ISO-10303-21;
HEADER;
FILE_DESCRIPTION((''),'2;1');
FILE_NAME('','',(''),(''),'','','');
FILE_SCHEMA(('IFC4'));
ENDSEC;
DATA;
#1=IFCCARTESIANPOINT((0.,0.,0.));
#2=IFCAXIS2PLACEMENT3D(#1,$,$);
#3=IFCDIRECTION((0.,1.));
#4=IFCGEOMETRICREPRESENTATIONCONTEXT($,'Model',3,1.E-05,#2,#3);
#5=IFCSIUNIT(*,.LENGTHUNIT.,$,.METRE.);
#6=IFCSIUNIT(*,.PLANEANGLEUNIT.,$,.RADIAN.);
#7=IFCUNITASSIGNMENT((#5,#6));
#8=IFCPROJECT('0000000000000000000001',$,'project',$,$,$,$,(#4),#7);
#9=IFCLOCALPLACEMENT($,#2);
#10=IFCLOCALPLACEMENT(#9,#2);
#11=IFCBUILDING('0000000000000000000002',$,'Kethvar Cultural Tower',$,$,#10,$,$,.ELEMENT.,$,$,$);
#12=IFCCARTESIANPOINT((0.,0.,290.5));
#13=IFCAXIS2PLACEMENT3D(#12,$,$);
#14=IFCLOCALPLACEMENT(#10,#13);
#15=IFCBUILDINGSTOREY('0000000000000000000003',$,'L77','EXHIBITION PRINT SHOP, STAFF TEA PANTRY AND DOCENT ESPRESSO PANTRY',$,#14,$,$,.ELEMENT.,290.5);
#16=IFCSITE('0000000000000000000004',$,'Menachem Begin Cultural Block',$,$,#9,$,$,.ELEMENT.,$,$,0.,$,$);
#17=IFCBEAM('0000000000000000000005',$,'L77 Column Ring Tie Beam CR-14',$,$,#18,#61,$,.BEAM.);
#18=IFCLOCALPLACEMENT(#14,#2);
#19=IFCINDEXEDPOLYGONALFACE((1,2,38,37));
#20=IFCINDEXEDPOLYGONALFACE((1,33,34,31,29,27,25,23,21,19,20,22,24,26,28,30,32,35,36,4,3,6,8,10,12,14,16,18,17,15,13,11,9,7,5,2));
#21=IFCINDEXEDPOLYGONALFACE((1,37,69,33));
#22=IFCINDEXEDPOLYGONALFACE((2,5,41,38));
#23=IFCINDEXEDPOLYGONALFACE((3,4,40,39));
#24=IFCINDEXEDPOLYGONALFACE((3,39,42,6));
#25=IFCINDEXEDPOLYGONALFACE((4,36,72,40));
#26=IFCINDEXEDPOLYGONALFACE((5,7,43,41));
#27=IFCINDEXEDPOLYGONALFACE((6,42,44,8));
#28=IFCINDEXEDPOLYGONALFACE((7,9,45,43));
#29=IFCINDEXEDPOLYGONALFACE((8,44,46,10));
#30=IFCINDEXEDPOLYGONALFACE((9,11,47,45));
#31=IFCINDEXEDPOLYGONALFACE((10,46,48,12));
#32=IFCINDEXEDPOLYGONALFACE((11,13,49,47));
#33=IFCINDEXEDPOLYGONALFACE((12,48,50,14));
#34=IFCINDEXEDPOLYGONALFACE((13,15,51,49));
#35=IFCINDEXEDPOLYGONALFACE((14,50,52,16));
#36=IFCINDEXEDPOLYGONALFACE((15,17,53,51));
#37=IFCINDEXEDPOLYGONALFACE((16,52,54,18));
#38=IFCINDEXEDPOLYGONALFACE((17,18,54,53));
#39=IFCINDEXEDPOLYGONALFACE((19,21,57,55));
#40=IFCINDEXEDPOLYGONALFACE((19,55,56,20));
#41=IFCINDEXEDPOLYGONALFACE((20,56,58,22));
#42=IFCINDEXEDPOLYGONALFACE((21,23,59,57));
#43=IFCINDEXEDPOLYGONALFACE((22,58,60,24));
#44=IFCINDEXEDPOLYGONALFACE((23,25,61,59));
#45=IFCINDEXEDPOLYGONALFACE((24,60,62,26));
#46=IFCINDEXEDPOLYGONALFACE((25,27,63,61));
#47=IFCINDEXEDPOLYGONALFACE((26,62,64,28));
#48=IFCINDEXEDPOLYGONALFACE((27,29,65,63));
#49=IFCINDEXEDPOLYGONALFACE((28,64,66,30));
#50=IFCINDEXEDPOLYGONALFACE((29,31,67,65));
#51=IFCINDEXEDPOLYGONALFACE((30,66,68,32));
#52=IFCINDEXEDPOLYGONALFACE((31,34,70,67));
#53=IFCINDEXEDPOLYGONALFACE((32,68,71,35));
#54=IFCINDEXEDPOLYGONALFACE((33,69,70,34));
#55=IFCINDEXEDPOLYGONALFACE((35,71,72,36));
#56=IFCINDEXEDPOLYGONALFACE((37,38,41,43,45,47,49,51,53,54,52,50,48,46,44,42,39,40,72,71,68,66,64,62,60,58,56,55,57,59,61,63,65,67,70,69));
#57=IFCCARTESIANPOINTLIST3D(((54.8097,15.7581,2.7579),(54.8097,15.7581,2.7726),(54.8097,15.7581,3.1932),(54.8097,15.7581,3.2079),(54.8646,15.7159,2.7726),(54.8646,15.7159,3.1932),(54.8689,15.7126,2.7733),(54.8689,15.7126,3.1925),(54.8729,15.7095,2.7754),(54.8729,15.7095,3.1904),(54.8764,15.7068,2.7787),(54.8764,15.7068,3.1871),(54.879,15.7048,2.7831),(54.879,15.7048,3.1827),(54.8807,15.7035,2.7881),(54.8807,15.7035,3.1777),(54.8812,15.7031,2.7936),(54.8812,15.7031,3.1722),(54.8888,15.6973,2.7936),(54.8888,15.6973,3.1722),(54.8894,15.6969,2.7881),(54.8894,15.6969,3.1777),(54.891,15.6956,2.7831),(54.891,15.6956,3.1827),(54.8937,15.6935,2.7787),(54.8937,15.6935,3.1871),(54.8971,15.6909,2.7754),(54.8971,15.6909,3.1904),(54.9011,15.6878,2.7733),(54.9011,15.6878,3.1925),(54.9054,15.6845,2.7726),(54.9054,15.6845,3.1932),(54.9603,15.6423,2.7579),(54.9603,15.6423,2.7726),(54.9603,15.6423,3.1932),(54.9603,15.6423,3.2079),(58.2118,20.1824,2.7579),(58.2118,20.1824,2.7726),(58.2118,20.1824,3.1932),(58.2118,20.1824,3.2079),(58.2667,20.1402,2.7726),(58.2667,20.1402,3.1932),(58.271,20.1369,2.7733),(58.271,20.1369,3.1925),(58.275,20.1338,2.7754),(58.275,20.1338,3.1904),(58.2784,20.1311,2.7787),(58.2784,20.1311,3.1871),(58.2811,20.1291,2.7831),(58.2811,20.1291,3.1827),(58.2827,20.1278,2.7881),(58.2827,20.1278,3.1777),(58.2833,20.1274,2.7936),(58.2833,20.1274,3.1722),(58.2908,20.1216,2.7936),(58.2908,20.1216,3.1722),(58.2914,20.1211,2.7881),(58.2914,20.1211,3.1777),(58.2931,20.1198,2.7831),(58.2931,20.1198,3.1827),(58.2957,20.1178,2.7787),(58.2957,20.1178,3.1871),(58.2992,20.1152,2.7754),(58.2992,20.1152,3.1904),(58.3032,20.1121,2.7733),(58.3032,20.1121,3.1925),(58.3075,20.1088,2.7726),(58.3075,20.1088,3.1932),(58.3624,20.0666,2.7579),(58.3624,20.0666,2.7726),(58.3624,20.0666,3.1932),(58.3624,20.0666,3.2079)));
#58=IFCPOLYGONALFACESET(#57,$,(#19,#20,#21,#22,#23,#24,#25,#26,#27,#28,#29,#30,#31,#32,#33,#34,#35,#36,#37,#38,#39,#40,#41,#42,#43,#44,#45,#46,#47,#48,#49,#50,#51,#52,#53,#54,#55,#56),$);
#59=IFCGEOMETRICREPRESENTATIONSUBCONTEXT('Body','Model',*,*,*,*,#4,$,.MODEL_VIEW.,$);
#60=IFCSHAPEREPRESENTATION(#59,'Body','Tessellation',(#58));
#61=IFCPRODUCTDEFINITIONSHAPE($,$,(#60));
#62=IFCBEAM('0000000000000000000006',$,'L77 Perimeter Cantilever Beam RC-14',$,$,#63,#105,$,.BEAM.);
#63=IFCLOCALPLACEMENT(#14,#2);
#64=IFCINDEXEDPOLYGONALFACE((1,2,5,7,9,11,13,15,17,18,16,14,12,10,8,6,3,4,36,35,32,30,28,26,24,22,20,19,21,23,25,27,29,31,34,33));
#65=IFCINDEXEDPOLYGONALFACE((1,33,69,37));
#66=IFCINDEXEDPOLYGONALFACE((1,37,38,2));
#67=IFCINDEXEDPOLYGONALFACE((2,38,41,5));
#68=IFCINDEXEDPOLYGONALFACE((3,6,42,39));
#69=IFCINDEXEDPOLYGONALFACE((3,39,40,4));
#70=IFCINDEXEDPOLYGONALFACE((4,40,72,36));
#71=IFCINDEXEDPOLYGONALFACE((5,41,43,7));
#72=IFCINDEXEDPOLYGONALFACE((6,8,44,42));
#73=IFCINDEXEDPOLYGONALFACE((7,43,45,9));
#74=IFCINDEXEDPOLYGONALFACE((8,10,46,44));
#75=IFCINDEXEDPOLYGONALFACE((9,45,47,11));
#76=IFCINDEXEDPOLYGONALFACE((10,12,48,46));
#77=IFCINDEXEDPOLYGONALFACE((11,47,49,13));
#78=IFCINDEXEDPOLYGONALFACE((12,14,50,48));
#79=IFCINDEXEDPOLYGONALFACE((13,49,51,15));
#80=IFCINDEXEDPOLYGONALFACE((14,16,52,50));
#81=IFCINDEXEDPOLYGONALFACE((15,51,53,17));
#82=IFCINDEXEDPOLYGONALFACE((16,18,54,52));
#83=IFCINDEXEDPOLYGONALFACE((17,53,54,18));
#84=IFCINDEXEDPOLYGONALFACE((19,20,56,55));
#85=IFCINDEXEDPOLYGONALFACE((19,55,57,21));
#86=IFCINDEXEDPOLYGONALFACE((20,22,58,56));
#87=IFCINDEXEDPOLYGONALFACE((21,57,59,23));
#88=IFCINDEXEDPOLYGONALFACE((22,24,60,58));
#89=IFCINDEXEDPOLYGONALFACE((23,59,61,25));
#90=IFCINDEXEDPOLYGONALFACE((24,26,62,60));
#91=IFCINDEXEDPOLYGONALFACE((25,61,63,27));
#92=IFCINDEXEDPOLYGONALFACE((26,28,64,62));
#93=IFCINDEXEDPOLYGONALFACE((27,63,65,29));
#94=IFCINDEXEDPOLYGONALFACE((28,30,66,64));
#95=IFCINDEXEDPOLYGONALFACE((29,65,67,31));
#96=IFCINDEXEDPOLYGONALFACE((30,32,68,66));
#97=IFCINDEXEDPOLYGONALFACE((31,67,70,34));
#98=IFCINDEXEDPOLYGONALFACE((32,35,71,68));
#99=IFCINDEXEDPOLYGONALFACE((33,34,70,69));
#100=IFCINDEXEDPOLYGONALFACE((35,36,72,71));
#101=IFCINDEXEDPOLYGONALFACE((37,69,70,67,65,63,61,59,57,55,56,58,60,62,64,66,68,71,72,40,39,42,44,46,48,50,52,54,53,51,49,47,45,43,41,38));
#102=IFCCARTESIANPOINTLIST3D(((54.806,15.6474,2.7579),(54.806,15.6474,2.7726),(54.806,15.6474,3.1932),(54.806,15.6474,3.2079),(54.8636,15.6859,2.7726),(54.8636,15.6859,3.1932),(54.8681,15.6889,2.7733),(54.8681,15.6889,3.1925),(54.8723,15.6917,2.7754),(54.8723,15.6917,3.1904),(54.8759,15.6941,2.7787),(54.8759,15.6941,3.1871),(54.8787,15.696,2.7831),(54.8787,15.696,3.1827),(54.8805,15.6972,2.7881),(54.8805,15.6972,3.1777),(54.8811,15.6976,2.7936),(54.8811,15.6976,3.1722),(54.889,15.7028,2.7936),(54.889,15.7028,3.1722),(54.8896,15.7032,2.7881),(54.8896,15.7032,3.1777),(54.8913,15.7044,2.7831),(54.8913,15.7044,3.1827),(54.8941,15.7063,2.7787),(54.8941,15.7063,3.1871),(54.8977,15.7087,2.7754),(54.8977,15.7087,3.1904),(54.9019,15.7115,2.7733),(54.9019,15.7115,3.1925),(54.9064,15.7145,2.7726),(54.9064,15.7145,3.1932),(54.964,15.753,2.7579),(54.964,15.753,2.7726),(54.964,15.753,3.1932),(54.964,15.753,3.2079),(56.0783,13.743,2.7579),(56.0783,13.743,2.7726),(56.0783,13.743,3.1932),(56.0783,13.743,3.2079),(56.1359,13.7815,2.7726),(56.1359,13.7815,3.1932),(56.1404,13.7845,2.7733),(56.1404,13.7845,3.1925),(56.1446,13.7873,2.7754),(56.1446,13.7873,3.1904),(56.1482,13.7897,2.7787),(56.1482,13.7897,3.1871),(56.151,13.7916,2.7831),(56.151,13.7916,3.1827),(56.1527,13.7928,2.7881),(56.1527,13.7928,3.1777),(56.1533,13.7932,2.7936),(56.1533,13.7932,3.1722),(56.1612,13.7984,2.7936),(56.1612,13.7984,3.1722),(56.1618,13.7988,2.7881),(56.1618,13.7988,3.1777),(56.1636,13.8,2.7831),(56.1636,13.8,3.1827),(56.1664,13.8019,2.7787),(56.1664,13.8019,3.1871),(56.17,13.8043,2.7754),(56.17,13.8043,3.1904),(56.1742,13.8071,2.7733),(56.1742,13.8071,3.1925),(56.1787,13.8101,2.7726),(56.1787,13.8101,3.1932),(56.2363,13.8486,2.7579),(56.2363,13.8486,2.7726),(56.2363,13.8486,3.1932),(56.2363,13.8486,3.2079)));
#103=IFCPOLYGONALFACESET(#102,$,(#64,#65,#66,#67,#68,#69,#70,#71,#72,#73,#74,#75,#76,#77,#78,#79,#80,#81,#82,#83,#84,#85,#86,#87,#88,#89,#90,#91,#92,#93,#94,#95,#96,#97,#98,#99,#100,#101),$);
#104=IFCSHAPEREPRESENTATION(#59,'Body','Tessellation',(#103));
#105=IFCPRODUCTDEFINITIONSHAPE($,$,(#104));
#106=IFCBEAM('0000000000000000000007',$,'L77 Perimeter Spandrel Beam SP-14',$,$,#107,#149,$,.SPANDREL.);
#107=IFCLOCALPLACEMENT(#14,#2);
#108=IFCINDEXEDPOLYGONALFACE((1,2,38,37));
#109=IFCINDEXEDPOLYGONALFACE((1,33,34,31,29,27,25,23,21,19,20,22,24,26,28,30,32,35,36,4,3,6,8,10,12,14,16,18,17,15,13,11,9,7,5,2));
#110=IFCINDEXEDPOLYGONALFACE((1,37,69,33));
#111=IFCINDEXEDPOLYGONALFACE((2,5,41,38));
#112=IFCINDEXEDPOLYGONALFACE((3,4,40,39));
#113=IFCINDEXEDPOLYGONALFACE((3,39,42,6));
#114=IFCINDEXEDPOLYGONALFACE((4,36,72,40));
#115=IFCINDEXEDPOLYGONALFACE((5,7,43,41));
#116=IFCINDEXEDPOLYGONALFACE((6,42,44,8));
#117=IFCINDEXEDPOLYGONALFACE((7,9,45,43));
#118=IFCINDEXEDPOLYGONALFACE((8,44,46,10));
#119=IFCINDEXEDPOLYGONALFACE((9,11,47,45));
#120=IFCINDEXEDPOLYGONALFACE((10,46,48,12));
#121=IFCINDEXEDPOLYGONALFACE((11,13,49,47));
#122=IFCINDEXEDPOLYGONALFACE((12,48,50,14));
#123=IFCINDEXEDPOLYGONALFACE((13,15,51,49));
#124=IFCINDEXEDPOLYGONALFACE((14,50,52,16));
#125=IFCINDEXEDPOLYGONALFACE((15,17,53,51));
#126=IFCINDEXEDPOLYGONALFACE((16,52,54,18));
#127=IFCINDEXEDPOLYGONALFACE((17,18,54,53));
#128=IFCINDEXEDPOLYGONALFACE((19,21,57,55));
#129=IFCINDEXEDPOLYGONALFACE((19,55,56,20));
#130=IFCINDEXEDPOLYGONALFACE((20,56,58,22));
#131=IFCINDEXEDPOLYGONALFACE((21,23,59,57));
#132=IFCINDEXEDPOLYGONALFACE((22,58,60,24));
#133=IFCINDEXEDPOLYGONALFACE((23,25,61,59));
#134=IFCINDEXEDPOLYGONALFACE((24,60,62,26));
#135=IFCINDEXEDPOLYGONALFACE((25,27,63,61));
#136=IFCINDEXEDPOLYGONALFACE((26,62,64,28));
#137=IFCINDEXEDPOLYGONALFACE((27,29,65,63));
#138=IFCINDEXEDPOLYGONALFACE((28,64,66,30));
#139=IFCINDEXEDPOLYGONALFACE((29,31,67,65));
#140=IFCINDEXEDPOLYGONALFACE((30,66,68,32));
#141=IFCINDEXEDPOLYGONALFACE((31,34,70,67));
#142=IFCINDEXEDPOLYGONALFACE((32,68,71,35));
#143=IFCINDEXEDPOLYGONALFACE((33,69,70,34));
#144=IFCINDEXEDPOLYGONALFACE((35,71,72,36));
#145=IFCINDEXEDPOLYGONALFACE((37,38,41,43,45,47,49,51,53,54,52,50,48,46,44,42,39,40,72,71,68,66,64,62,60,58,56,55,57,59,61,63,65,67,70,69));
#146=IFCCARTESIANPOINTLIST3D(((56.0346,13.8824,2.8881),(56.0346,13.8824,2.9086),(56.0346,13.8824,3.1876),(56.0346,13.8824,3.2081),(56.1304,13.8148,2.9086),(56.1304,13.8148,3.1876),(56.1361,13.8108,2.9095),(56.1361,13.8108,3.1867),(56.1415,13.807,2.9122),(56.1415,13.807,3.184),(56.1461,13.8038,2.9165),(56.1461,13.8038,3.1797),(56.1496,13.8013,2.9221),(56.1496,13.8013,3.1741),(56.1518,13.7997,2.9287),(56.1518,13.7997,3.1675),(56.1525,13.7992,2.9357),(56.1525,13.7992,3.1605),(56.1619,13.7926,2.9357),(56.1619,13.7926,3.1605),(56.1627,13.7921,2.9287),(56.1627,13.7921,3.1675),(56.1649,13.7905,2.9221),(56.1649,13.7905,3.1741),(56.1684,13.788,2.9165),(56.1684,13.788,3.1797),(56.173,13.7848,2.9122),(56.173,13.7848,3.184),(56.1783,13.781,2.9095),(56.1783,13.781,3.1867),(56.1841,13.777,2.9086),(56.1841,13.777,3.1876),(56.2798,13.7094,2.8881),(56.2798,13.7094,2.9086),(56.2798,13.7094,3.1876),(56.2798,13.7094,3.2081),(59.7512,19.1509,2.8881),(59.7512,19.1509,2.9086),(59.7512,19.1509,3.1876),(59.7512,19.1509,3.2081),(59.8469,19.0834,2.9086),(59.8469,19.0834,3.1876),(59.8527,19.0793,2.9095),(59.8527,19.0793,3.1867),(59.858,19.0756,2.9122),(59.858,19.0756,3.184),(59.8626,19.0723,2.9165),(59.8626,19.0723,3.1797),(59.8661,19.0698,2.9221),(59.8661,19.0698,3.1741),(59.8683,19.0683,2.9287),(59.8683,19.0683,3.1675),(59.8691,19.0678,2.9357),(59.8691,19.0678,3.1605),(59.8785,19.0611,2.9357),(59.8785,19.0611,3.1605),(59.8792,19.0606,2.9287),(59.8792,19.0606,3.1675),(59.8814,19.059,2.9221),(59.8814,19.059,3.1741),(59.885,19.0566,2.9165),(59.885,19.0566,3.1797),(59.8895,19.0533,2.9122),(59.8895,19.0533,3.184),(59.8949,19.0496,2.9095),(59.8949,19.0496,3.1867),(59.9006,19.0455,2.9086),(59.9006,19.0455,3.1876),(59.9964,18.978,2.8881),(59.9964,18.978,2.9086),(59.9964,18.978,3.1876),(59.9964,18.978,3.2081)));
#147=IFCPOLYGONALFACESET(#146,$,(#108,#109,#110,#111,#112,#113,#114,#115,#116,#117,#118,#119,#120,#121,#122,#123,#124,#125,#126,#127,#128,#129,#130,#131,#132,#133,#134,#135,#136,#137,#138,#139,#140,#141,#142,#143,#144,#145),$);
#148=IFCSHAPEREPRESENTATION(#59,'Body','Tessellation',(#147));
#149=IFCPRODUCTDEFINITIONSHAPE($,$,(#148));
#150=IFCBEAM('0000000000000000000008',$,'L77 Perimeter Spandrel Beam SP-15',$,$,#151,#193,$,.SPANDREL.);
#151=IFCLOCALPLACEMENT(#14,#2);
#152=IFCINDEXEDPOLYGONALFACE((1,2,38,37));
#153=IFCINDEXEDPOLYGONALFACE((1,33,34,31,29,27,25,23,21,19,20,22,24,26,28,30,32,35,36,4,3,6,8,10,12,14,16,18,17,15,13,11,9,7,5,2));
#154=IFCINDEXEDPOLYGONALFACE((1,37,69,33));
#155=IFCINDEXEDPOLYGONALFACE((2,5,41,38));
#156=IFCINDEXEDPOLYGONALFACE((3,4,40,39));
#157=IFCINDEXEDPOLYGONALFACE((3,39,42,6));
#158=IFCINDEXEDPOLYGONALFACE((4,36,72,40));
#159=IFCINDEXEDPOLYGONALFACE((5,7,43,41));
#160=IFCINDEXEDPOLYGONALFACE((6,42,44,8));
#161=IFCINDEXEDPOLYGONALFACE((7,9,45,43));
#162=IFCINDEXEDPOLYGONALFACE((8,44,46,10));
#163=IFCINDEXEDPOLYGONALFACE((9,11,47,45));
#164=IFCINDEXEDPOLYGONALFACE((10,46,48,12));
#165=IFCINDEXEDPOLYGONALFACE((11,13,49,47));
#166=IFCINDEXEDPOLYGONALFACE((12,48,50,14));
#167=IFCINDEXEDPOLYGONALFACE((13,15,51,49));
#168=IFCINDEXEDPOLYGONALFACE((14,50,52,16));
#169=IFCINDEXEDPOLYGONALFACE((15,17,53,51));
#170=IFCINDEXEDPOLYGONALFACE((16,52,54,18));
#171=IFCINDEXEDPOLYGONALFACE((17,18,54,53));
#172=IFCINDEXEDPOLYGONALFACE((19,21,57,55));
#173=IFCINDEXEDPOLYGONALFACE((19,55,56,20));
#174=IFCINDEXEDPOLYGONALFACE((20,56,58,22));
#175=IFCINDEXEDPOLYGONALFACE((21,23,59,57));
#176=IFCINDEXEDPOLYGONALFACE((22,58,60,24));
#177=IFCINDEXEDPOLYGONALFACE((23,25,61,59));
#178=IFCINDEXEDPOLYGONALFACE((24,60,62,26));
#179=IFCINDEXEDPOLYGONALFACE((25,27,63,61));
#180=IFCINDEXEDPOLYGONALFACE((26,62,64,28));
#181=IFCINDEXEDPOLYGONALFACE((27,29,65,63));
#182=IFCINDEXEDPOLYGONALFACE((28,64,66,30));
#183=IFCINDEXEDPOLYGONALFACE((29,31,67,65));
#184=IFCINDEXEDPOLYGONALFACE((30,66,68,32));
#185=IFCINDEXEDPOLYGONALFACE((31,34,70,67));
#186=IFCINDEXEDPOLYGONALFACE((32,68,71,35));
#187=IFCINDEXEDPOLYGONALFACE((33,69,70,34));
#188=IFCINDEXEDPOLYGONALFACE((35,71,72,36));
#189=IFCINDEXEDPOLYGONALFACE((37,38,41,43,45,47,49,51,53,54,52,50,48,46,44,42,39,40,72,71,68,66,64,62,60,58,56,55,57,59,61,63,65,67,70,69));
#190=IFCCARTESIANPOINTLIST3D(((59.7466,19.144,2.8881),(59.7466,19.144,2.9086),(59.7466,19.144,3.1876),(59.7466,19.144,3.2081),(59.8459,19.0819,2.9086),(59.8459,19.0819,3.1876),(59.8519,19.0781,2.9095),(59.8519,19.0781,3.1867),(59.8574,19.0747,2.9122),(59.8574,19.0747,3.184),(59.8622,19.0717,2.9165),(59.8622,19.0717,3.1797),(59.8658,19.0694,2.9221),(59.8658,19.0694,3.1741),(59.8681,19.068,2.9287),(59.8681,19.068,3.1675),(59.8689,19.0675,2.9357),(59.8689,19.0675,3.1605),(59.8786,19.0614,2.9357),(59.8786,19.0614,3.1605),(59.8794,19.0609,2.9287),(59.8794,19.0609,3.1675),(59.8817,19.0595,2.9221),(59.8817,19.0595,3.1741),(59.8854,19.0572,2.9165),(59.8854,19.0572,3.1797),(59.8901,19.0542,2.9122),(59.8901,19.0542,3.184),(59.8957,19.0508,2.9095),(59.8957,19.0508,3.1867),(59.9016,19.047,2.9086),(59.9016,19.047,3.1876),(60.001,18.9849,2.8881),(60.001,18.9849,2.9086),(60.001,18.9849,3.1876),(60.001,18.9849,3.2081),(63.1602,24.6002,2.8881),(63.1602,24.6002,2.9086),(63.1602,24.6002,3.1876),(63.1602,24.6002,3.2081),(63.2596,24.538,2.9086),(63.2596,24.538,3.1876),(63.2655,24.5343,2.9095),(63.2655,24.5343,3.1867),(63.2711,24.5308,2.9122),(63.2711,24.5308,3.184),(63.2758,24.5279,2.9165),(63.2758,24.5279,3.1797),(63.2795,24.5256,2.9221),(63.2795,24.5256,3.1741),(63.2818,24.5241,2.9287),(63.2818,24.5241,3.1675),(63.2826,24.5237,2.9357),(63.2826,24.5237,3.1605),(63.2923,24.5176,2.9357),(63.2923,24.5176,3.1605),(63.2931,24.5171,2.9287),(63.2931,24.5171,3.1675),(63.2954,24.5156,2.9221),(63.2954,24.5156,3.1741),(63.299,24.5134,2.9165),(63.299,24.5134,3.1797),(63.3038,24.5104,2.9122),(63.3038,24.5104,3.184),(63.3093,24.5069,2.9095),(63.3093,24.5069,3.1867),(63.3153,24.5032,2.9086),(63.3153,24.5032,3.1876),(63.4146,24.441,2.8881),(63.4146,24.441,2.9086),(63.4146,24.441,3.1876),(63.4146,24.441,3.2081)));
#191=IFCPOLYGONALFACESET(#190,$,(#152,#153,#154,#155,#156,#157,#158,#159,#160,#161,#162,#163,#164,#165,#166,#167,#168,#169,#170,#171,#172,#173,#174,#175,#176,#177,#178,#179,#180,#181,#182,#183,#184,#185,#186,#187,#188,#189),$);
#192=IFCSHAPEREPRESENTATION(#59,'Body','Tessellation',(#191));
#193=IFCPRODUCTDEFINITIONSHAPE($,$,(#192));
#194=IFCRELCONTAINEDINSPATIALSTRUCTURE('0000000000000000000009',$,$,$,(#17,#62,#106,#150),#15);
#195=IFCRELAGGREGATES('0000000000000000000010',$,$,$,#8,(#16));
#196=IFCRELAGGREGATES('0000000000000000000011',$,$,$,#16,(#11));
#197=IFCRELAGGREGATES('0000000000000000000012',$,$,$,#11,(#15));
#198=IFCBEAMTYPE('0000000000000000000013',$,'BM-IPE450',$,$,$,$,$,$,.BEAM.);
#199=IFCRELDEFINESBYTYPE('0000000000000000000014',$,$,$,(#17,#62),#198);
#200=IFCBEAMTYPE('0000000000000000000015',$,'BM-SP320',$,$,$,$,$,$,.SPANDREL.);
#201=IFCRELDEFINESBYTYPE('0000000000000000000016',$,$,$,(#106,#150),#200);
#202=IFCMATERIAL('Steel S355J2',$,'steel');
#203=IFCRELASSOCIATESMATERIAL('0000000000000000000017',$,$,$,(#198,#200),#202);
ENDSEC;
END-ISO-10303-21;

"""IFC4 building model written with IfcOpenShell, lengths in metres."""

from ifc_helpers import new_model, si_unit, direction, frame, origin, origin_2d, place, context, subcontext, project, spatial, i_section, extrude, source, transform, mapped, material, material_profile, profile_set, type_object, element, save


model = new_model("IFC4")

# Units and contexts
model_context = context("Model", 3, precision=1e-05, world=origin(), true_north=direction((0.0, 1.0)))
body_context = subcontext(model_context, "Body", "Model", "MODEL_VIEW")
ifc_project = project(units=[si_unit("LENGTHUNIT", "METRE"), si_unit("PLANEANGLEUNIT", "RADIAN")], contexts=[model_context])

# Site, building, storey
site_placement = place(None, origin())
site = spatial("IfcSite", under=ifc_project, at=site_placement, Name="Menachem Begin Cultural Block", CompositionType="ELEMENT", RefElevation=0.0)
building_placement = place(site_placement, origin())
building = spatial("IfcBuilding", under=site, at=building_placement, Name="Kethvar Cultural Tower", CompositionType="ELEMENT")
storey_placement = place(building_placement, frame((0.0, 0.0, 290.5)))
storey = spatial("IfcBuildingStorey", under=building, at=storey_placement, Name="L77", Description="EXHIBITION PRINT SHOP, STAFF TEA PANTRY AND DOCENT ESPRESSO PANTRY", CompositionType="ELEMENT", Elevation=290.5)

# Beams
ifc_material_1 = material(Name="Steel S355J2", Category="steel")
ifc_material_profile_1 = material_profile(ifc_material_1, i_section(OverallWidth=0.1899, OverallDepth=0.45, WebThickness=0.0095, FlangeThickness=0.0146, FilletRadius=0.021, at=origin_2d()), Name="Steel S355J2 — IPE450")
ifc_profile_set_1 = profile_set([ifc_material_profile_1], Name="Steel S355J2 — IPE450")
beam_type_1 = type_object("IfcBeamType", Name="BM-IPE450", PredefinedType="BEAM", material=ifc_profile_set_1)
shared_shape_1 = source(origin(), body_context, "Body", "SweptSolid", [
    extrude(i_section(OverallWidth=0.1899, OverallDepth=0.45, WebThickness=0.0095, FlangeThickness=0.0146, FilletRadius=0.021, at=origin_2d()), origin(), (0.0, 0.0, 1.0), 5.5811),
])
beam_1_placement = place(storey_placement, frame((54.885, 15.7002, 2.9829), z_axis=(0.609573, 0.79273, 0.0), x_axis=(-0.79273, 0.609573, 0.0)))
element("IfcBeam", 1, at=beam_1_placement, inside=storey, type_object=beam_type_1, Name="L77 Column Ring Tie Beam CR-14", PredefinedType="BEAM", context=body_context, shape_type="MappedRepresentation", body=[
    mapped(shared_shape_1, transform((0.0, 0.0, 0.0), scale=1.0)),
])
shared_shape_2 = source(origin(), body_context, "Body", "SweptSolid", [
    extrude(i_section(OverallWidth=0.1899, OverallDepth=0.45, WebThickness=0.0095, FlangeThickness=0.0146, FilletRadius=0.021, at=origin_2d()), origin(), (0.0, 0.0, 1.0), 2.2903),
])
beam_2_placement = place(storey_placement, frame((54.885, 15.7002, 2.9829), z_axis=(0.555512, -0.831509, 0.0), x_axis=(0.831509, 0.555512, 0.0)))
element("IfcBeam", 2, at=beam_2_placement, inside=storey, type_object=beam_type_1, Name="L77 Perimeter Cantilever Beam RC-14", PredefinedType="BEAM", context=body_context, shape_type="MappedRepresentation", body=[
    mapped(shared_shape_2, transform((0.0, 0.0, 0.0), scale=1.0)),
])
ifc_material_profile_2 = material_profile(ifc_material_1, i_section(OverallWidth=0.3, OverallDepth=0.3201, WebThickness=0.0115, FlangeThickness=0.0205, FilletRadius=0.0271, at=origin_2d()), Name="Steel S355J2 — HEB320")
ifc_profile_set_2 = profile_set([ifc_material_profile_2], Name="Steel S355J2 — HEB320")
beam_type_2 = type_object("IfcBeamType", Name="BM-SP320", PredefinedType="SPANDREL", material=ifc_profile_set_2)
shared_shape_3 = source(origin(), body_context, "Body", "SweptSolid", [
    extrude(i_section(OverallWidth=0.3, OverallDepth=0.3201, WebThickness=0.0115, FlangeThickness=0.0205, FilletRadius=0.0271, at=origin_2d()), origin(), (0.0, 0.0, 1.0), 6.4475),
])
beam_3_placement = place(storey_placement, frame((56.1572, 13.7959, 3.0481), z_axis=(0.576432, 0.817145, 0.0), x_axis=(-0.817145, 0.576432, 0.0)))
element("IfcBeam", 3, at=beam_3_placement, inside=storey, type_object=beam_type_2, Name="L77 Perimeter Spandrel Beam SP-14", PredefinedType="SPANDREL", context=body_context, shape_type="MappedRepresentation", body=[
    mapped(shared_shape_3, transform((0.0, 0.0, 0.0), scale=1.0)),
])
shared_shape_4 = source(origin(), body_context, "Body", "SweptSolid", [
    extrude(i_section(OverallWidth=0.3, OverallDepth=0.3201, WebThickness=0.0115, FlangeThickness=0.0205, FilletRadius=0.0271, at=origin_2d()), origin(), (0.0, 0.0, 1.0), 6.436),
])
beam_4_placement = place(storey_placement, frame((59.8738, 19.0645, 3.0481), z_axis=(0.530394, 0.847751, 0.0), x_axis=(-0.847751, 0.530394, 0.0)))
element("IfcBeam", 4, at=beam_4_placement, inside=storey, type_object=beam_type_2, Name="L77 Perimeter Spandrel Beam SP-15", PredefinedType="SPANDREL", context=body_context, shape_type="MappedRepresentation", body=[
    mapped(shared_shape_4, transform((0.0, 0.0, 0.0), scale=1.0)),
])

save(model, "model.ifc")
